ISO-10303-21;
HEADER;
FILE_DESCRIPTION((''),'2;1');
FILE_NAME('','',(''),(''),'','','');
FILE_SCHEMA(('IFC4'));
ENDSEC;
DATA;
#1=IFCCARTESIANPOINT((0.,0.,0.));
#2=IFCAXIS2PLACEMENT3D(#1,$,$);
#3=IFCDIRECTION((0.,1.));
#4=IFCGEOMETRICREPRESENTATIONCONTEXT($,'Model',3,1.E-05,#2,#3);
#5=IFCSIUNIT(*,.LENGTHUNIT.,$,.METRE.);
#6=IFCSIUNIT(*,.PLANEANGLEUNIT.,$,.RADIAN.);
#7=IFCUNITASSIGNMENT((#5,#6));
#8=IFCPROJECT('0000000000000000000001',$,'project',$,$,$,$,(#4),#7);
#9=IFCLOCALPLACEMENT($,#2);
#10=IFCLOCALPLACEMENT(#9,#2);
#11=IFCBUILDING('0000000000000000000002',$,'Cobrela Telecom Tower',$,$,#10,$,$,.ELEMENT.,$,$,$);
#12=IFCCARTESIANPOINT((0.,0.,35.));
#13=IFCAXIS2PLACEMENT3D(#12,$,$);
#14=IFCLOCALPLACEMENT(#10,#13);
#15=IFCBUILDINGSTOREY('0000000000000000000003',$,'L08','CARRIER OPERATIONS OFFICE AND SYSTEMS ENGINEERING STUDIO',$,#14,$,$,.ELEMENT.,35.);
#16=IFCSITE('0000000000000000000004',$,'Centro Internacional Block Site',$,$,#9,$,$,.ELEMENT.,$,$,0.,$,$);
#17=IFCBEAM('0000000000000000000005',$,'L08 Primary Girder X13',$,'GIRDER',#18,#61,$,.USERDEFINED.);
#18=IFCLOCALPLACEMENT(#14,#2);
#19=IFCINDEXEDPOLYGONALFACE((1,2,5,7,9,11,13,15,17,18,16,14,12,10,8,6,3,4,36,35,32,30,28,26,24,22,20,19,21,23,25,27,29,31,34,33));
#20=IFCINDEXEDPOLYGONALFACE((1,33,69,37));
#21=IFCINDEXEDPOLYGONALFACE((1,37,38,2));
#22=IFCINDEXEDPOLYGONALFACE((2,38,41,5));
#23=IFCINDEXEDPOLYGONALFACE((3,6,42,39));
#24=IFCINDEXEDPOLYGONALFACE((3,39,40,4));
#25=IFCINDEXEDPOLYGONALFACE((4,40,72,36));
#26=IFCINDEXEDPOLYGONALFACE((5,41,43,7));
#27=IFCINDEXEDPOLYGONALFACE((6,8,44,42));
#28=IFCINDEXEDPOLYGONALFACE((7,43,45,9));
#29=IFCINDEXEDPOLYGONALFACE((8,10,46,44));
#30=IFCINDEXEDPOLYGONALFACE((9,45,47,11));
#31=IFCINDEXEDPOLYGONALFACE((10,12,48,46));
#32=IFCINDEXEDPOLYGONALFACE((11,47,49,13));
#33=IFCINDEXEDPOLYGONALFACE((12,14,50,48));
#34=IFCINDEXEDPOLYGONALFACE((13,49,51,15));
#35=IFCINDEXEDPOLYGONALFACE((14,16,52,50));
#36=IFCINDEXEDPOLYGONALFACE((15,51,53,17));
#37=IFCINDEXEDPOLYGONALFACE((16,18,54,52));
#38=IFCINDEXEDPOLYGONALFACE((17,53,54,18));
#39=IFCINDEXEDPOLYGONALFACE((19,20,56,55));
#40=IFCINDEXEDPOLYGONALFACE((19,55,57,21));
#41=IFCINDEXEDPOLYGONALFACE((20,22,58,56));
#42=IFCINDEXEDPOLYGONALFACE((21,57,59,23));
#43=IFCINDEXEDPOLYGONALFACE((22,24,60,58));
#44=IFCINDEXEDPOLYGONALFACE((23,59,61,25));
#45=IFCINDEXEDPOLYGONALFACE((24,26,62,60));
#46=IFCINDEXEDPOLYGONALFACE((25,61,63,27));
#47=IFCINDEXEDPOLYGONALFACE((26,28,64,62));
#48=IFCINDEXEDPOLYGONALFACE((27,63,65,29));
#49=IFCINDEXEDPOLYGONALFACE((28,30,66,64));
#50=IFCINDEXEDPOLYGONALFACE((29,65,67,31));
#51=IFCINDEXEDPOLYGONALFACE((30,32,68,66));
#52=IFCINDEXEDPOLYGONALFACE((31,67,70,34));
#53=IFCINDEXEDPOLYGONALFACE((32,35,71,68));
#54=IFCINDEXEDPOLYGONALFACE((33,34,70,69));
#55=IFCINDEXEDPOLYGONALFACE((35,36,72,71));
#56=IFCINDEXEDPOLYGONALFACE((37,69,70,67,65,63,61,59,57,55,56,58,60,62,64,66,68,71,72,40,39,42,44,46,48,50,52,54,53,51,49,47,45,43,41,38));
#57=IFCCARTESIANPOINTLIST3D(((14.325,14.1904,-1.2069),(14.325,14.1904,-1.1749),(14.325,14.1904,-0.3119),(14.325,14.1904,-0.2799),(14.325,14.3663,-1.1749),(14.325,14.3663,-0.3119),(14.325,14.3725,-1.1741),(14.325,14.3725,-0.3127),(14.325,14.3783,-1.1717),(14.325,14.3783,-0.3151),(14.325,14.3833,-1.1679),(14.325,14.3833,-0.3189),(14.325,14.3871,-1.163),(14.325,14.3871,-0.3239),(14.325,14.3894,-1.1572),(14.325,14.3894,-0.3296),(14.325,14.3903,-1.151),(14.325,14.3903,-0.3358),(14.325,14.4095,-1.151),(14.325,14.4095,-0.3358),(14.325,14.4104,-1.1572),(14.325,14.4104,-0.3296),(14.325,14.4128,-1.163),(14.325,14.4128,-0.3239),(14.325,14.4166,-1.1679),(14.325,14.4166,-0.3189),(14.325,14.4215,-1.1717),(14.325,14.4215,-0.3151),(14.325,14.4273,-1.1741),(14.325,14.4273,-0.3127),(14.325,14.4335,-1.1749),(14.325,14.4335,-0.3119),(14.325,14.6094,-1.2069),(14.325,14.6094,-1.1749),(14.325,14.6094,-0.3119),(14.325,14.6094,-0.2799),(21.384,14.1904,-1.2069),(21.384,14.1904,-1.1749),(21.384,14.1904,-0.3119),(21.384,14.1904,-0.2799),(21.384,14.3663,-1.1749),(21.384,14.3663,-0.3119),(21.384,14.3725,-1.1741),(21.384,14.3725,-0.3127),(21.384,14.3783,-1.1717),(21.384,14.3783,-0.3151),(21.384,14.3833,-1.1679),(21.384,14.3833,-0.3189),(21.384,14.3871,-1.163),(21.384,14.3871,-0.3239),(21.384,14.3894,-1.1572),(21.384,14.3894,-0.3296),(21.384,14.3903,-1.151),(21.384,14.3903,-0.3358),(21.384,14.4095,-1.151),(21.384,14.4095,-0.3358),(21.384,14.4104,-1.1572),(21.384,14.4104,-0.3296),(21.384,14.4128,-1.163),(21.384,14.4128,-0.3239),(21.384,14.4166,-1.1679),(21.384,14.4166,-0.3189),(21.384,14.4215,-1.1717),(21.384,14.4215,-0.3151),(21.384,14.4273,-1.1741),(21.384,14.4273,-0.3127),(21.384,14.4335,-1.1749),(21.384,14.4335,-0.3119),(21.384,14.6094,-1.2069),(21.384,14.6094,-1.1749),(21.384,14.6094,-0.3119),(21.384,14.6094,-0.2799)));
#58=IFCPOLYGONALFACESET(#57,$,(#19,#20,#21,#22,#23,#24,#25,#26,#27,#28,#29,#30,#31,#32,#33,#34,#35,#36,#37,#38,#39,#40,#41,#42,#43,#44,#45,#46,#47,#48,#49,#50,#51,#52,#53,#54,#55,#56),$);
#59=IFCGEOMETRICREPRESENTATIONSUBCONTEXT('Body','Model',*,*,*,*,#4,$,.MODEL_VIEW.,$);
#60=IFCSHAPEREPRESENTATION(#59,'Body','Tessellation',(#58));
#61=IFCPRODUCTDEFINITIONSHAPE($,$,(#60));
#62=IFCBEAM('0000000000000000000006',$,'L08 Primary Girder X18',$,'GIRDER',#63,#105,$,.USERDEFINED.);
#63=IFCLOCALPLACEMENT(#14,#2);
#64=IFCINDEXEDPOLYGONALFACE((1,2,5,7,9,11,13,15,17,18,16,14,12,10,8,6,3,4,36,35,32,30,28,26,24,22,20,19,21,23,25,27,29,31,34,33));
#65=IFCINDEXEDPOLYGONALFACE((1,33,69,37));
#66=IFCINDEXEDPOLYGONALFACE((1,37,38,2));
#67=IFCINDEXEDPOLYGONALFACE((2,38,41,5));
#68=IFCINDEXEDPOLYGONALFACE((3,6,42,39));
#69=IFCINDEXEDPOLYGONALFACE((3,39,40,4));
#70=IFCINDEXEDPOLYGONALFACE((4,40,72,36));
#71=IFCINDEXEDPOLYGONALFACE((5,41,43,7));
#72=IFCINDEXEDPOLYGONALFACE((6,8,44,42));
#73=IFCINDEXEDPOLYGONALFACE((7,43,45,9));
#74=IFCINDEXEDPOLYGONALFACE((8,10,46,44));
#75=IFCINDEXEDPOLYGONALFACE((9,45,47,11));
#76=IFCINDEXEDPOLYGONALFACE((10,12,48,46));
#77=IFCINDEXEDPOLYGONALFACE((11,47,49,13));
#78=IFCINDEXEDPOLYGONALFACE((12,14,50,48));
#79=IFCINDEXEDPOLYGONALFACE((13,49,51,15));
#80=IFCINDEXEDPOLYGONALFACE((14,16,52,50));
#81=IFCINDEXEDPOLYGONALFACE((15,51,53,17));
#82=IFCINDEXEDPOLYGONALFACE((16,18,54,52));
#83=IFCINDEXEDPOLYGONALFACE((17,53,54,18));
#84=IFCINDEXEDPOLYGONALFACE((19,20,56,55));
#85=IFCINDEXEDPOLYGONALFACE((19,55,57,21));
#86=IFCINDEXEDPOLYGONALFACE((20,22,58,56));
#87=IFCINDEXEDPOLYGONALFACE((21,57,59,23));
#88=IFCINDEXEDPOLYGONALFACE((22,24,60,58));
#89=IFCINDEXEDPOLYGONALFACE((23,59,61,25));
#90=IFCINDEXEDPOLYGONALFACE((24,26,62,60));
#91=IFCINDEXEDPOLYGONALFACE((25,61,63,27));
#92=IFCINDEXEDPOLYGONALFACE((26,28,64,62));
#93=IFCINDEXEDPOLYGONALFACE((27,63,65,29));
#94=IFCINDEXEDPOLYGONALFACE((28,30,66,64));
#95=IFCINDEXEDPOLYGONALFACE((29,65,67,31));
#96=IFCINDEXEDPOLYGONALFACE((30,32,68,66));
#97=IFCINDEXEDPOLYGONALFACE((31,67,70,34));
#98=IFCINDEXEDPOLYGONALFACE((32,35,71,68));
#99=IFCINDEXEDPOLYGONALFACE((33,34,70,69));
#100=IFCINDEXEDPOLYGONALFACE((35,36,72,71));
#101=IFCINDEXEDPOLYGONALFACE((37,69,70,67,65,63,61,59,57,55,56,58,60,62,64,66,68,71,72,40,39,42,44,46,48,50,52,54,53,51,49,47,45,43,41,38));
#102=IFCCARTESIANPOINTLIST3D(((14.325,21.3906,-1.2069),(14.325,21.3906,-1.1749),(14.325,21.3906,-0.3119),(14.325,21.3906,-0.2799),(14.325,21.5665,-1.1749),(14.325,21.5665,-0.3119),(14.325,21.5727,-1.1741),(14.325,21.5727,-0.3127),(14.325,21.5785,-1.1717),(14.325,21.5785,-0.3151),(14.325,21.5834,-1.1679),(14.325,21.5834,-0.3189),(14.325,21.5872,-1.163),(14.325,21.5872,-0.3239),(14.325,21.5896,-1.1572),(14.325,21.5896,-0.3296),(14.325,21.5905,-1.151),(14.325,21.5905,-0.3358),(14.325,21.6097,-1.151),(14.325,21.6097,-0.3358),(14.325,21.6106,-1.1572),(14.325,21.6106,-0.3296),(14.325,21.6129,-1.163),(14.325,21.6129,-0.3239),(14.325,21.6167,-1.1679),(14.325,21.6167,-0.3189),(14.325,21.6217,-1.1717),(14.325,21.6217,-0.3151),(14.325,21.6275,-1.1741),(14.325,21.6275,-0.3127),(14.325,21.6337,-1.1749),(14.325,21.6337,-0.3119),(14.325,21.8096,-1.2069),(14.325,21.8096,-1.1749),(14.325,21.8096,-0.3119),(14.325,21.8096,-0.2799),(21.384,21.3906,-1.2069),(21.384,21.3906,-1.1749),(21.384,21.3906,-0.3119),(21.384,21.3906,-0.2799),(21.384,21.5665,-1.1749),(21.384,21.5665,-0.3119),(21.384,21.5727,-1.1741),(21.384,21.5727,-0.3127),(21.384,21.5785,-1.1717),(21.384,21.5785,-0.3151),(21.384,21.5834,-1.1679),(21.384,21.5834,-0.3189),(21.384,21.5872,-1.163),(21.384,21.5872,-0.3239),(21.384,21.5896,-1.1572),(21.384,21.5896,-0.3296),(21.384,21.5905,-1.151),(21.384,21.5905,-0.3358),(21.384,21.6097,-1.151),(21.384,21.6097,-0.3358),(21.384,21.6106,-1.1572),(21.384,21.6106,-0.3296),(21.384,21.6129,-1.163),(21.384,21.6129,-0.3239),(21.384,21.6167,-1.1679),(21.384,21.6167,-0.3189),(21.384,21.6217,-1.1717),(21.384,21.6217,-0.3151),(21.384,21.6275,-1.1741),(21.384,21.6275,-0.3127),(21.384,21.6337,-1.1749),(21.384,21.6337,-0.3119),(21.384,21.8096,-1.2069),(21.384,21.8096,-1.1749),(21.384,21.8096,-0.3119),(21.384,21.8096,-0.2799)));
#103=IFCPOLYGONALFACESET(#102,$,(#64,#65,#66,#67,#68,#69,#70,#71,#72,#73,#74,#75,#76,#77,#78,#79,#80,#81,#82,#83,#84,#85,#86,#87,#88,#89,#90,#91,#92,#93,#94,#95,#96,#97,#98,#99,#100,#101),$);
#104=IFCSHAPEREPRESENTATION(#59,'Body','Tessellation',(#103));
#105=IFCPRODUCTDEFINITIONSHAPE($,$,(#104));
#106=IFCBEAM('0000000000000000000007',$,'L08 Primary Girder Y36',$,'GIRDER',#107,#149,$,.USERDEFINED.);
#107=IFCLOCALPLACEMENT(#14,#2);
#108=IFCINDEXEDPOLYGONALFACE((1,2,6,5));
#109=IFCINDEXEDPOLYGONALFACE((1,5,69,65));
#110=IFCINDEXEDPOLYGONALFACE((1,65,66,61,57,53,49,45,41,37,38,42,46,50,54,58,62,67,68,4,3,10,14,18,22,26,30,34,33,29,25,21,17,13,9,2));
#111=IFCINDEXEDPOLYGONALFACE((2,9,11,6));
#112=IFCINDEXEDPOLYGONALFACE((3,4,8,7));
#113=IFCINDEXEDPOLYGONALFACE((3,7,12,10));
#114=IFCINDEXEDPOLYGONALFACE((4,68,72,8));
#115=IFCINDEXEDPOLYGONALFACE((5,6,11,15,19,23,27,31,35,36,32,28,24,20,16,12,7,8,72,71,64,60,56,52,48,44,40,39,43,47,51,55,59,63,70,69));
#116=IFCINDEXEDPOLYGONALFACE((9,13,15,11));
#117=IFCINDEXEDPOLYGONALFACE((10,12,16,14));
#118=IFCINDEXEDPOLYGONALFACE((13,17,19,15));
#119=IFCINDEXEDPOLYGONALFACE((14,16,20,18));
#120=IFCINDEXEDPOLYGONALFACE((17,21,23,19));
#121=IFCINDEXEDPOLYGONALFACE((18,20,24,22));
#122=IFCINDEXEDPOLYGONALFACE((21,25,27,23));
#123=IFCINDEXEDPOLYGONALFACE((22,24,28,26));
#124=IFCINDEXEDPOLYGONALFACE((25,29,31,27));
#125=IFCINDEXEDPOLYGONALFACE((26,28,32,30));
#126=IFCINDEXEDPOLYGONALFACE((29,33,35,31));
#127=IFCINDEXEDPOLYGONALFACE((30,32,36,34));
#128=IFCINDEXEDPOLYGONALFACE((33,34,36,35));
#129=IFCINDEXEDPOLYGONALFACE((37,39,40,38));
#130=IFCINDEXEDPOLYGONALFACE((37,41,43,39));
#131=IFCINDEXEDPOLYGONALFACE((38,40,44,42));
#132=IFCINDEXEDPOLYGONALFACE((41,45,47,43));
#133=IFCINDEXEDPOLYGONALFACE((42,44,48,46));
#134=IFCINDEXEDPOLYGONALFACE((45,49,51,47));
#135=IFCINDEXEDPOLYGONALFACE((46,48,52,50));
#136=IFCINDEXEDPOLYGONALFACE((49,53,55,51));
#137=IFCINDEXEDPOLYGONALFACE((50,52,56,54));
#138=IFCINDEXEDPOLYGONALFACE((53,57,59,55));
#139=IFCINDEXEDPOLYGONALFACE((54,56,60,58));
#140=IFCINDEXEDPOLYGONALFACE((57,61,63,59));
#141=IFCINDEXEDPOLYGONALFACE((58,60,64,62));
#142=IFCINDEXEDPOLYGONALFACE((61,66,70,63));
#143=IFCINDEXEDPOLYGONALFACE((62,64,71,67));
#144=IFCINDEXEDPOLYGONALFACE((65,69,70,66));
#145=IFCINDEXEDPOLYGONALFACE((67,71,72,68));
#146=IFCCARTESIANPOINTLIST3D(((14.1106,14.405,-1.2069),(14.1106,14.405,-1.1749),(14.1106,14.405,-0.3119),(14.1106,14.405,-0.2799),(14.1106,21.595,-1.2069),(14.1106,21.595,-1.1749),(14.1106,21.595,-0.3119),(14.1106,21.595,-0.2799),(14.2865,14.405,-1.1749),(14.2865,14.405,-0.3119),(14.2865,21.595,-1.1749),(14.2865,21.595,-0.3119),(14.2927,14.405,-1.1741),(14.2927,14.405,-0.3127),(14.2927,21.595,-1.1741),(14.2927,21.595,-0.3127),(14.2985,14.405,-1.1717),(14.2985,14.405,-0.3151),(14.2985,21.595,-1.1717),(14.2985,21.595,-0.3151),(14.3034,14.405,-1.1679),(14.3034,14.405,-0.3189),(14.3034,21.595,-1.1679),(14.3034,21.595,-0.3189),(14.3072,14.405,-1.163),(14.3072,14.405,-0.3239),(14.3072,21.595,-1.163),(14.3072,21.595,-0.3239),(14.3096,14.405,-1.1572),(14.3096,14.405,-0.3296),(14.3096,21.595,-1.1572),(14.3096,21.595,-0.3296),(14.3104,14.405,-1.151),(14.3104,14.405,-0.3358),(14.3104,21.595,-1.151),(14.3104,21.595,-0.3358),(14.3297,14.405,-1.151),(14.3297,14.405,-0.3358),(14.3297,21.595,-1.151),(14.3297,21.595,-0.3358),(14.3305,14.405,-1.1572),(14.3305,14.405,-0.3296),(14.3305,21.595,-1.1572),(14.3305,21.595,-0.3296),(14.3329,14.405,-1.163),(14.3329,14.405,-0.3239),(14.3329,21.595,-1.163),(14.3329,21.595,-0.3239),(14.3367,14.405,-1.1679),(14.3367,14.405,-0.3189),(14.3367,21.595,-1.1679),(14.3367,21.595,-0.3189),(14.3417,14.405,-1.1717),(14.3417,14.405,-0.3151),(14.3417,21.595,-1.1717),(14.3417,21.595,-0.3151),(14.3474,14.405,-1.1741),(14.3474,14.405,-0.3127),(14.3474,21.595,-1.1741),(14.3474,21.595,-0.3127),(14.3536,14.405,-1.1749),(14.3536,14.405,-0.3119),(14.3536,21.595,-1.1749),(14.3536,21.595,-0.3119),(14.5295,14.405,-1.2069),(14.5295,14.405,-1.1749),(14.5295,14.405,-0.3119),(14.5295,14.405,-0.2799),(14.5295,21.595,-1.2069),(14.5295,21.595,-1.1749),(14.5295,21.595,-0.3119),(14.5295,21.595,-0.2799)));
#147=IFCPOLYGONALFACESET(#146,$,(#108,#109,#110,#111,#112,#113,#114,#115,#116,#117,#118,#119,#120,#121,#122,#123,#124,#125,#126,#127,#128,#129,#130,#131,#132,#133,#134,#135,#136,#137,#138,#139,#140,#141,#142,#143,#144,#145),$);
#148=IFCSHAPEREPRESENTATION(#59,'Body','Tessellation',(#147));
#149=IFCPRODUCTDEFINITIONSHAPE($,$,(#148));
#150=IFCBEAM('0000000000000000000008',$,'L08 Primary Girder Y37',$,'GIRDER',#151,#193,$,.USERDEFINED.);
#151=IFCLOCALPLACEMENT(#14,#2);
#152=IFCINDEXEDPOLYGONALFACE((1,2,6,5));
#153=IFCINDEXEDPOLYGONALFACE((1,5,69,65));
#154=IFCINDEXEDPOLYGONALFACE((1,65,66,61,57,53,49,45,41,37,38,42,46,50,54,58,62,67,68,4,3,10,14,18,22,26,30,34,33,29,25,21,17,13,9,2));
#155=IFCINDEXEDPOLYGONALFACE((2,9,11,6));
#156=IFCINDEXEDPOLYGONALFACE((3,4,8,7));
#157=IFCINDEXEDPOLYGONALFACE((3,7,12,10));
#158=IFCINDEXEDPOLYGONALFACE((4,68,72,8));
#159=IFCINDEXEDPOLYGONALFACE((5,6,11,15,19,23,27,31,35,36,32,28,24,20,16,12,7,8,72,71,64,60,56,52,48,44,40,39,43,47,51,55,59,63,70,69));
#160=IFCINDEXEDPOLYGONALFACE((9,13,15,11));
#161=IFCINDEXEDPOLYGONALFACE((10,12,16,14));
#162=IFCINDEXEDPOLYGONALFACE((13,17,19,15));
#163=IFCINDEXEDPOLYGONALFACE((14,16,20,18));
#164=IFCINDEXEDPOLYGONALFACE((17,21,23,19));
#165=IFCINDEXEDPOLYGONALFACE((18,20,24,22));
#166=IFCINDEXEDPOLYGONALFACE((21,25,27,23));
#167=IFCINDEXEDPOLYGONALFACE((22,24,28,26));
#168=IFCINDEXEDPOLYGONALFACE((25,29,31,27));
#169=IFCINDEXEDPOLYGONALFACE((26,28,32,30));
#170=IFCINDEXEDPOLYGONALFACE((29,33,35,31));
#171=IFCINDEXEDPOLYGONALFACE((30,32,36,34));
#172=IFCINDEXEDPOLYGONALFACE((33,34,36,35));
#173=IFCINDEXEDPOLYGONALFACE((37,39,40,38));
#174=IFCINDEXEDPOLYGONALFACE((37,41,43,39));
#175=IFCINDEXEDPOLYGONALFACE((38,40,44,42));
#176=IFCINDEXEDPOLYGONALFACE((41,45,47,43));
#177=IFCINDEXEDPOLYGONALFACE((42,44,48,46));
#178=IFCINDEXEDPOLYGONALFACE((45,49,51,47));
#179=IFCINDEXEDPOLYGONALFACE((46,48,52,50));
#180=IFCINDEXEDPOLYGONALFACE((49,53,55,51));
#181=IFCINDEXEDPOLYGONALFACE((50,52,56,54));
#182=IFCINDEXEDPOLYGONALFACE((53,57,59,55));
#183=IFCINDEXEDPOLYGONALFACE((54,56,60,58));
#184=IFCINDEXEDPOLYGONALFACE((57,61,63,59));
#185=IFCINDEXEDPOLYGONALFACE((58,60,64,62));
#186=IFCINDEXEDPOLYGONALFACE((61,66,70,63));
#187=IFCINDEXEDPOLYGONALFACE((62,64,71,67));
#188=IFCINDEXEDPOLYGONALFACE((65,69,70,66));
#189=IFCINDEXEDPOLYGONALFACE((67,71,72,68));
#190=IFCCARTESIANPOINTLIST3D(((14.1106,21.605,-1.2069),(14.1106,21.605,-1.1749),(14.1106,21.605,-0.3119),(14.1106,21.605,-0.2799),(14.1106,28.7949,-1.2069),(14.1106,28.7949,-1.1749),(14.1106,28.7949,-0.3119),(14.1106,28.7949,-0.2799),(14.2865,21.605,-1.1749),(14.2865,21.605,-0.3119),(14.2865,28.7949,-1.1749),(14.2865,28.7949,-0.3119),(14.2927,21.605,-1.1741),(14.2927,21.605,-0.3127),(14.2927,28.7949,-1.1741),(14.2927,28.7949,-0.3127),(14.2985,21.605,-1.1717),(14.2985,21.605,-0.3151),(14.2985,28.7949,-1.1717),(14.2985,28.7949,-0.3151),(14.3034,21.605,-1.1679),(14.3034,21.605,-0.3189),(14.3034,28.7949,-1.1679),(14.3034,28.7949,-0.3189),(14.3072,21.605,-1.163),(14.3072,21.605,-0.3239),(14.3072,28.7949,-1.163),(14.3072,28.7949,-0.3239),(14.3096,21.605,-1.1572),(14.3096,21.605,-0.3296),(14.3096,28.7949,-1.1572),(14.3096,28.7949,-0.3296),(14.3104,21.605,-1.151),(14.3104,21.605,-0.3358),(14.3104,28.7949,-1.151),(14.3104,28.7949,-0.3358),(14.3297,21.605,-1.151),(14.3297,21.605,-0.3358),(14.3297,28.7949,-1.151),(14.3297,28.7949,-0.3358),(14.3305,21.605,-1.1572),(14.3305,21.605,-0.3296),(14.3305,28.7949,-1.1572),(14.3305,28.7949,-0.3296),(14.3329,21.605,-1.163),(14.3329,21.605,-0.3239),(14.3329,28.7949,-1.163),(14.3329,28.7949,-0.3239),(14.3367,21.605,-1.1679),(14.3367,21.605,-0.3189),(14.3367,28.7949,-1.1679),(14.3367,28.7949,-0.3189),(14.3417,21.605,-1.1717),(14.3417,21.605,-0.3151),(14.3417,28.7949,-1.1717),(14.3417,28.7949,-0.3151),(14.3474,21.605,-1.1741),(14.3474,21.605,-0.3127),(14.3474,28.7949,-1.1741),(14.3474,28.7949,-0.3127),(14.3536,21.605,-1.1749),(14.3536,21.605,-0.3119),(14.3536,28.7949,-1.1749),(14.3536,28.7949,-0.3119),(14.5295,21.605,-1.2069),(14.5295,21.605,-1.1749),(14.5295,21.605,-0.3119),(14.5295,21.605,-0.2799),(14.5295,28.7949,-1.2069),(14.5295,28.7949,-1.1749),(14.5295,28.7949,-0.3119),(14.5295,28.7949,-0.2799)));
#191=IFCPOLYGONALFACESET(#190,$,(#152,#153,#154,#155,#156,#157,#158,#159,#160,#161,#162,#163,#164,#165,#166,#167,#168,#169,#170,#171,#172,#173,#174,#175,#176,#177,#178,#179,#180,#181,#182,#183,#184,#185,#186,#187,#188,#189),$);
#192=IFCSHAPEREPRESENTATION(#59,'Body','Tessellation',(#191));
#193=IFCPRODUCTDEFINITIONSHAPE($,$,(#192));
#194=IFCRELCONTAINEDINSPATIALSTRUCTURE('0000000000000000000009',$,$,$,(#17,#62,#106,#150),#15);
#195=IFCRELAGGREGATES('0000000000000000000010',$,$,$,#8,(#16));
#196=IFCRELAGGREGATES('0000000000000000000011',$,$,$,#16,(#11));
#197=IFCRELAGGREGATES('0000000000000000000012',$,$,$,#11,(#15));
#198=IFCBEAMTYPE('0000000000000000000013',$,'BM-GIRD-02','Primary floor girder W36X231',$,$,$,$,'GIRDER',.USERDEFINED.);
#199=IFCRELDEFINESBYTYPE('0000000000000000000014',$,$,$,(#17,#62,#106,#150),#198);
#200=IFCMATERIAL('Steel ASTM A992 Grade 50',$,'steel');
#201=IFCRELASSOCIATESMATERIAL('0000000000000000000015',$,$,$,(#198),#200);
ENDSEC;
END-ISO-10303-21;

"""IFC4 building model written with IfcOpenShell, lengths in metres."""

from ifc_helpers import new_model, si_unit, direction, frame, origin, origin_2d, place, context, subcontext, project, spatial, i_section, extrude, material, material_profile, profile_set, type_object, element, save


model = new_model("IFC4")

# Units and contexts
model_context = context("Model", 3, precision=1e-05, world=origin(), true_north=direction((0.0, 1.0)))
body_context = subcontext(model_context, "Body", "Model", "MODEL_VIEW")
ifc_project = project(units=[si_unit("LENGTHUNIT", "METRE"), si_unit("PLANEANGLEUNIT", "RADIAN")], contexts=[model_context])

# Site, building, storey
site_placement = place(None, origin())
site = spatial("IfcSite", under=ifc_project, at=site_placement, Name="Centro Internacional Block Site", CompositionType="ELEMENT", RefElevation=0.0)
building_placement = place(site_placement, origin())
building = spatial("IfcBuilding", under=site, at=building_placement, Name="Cobrela Telecom Tower", CompositionType="ELEMENT")
storey_placement = place(building_placement, frame((0.0, 0.0, 35.0)))
storey = spatial("IfcBuildingStorey", under=building, at=storey_placement, Name="L08", Description="CARRIER OPERATIONS OFFICE AND SYSTEMS ENGINEERING STUDIO", CompositionType="ELEMENT", Elevation=35.0)

# Beams
ifc_material_1 = material(Name="Steel ASTM A992 Grade 50", Category="steel")
ifc_material_profile_1 = material_profile(ifc_material_1, i_section(OverallWidth=0.4189, OverallDepth=0.927, WebThickness=0.0193, FlangeThickness=0.032, FilletRadius=0.0239, at=origin_2d()), Name="W36X231")
ifc_profile_set_1 = profile_set([ifc_material_profile_1], Name="Steel ASTM A992 Grade 50")
beam_type_1 = type_object("IfcBeamType", Name="BM-GIRD-02", Description="Primary floor girder W36X231", ElementType="GIRDER", PredefinedType="USERDEFINED", material=ifc_profile_set_1)
for number, where, z_axis, x_axis, name in (
    (1, (14.325, 14.3999, -0.7434), (1.0, 0.0, 0.0), (0.0, 1.0, 0.0), "L08 Primary Girder X13"),
    (2, (14.325, 21.6001, -0.7434), (1.0, 0.0, 0.0), (0.0, 1.0, 0.0), "L08 Primary Girder X18"),
):
    element("IfcBeam", number, at=place(storey_placement, frame(where, z_axis=z_axis, x_axis=x_axis)), inside=storey, type_object=beam_type_1, Name=name, ObjectType="GIRDER", PredefinedType="USERDEFINED", context=body_context, shape_type="SweptSolid", body=[
        extrude(i_section(OverallWidth=0.4189, OverallDepth=0.927, WebThickness=0.0193, FlangeThickness=0.032, FilletRadius=0.0239, at=origin_2d()), origin(), (0.0, 0.0, 1.0), 7.0591),
    ])
for number, where, z_axis, x_axis, name in (
    (3, (14.3201, 14.405, -0.7434), (0.0, 1.0, 0.0), (-1.0, 0.0, 0.0), "L08 Primary Girder Y36"),
    (4, (14.3201, 21.605, -0.7434), (0.0, 1.0, 0.0), (-1.0, 0.0, 0.0), "L08 Primary Girder Y37"),
):
    element("IfcBeam", number, at=place(storey_placement, frame(where, z_axis=z_axis, x_axis=x_axis)), inside=storey, type_object=beam_type_1, Name=name, ObjectType="GIRDER", PredefinedType="USERDEFINED", context=body_context, shape_type="SweptSolid", body=[
        extrude(i_section(OverallWidth=0.4189, OverallDepth=0.927, WebThickness=0.0193, FlangeThickness=0.032, FilletRadius=0.0239, at=origin_2d()), origin(), (0.0, 0.0, 1.0), 7.1899),
    ])

save(model, "model.ifc")
